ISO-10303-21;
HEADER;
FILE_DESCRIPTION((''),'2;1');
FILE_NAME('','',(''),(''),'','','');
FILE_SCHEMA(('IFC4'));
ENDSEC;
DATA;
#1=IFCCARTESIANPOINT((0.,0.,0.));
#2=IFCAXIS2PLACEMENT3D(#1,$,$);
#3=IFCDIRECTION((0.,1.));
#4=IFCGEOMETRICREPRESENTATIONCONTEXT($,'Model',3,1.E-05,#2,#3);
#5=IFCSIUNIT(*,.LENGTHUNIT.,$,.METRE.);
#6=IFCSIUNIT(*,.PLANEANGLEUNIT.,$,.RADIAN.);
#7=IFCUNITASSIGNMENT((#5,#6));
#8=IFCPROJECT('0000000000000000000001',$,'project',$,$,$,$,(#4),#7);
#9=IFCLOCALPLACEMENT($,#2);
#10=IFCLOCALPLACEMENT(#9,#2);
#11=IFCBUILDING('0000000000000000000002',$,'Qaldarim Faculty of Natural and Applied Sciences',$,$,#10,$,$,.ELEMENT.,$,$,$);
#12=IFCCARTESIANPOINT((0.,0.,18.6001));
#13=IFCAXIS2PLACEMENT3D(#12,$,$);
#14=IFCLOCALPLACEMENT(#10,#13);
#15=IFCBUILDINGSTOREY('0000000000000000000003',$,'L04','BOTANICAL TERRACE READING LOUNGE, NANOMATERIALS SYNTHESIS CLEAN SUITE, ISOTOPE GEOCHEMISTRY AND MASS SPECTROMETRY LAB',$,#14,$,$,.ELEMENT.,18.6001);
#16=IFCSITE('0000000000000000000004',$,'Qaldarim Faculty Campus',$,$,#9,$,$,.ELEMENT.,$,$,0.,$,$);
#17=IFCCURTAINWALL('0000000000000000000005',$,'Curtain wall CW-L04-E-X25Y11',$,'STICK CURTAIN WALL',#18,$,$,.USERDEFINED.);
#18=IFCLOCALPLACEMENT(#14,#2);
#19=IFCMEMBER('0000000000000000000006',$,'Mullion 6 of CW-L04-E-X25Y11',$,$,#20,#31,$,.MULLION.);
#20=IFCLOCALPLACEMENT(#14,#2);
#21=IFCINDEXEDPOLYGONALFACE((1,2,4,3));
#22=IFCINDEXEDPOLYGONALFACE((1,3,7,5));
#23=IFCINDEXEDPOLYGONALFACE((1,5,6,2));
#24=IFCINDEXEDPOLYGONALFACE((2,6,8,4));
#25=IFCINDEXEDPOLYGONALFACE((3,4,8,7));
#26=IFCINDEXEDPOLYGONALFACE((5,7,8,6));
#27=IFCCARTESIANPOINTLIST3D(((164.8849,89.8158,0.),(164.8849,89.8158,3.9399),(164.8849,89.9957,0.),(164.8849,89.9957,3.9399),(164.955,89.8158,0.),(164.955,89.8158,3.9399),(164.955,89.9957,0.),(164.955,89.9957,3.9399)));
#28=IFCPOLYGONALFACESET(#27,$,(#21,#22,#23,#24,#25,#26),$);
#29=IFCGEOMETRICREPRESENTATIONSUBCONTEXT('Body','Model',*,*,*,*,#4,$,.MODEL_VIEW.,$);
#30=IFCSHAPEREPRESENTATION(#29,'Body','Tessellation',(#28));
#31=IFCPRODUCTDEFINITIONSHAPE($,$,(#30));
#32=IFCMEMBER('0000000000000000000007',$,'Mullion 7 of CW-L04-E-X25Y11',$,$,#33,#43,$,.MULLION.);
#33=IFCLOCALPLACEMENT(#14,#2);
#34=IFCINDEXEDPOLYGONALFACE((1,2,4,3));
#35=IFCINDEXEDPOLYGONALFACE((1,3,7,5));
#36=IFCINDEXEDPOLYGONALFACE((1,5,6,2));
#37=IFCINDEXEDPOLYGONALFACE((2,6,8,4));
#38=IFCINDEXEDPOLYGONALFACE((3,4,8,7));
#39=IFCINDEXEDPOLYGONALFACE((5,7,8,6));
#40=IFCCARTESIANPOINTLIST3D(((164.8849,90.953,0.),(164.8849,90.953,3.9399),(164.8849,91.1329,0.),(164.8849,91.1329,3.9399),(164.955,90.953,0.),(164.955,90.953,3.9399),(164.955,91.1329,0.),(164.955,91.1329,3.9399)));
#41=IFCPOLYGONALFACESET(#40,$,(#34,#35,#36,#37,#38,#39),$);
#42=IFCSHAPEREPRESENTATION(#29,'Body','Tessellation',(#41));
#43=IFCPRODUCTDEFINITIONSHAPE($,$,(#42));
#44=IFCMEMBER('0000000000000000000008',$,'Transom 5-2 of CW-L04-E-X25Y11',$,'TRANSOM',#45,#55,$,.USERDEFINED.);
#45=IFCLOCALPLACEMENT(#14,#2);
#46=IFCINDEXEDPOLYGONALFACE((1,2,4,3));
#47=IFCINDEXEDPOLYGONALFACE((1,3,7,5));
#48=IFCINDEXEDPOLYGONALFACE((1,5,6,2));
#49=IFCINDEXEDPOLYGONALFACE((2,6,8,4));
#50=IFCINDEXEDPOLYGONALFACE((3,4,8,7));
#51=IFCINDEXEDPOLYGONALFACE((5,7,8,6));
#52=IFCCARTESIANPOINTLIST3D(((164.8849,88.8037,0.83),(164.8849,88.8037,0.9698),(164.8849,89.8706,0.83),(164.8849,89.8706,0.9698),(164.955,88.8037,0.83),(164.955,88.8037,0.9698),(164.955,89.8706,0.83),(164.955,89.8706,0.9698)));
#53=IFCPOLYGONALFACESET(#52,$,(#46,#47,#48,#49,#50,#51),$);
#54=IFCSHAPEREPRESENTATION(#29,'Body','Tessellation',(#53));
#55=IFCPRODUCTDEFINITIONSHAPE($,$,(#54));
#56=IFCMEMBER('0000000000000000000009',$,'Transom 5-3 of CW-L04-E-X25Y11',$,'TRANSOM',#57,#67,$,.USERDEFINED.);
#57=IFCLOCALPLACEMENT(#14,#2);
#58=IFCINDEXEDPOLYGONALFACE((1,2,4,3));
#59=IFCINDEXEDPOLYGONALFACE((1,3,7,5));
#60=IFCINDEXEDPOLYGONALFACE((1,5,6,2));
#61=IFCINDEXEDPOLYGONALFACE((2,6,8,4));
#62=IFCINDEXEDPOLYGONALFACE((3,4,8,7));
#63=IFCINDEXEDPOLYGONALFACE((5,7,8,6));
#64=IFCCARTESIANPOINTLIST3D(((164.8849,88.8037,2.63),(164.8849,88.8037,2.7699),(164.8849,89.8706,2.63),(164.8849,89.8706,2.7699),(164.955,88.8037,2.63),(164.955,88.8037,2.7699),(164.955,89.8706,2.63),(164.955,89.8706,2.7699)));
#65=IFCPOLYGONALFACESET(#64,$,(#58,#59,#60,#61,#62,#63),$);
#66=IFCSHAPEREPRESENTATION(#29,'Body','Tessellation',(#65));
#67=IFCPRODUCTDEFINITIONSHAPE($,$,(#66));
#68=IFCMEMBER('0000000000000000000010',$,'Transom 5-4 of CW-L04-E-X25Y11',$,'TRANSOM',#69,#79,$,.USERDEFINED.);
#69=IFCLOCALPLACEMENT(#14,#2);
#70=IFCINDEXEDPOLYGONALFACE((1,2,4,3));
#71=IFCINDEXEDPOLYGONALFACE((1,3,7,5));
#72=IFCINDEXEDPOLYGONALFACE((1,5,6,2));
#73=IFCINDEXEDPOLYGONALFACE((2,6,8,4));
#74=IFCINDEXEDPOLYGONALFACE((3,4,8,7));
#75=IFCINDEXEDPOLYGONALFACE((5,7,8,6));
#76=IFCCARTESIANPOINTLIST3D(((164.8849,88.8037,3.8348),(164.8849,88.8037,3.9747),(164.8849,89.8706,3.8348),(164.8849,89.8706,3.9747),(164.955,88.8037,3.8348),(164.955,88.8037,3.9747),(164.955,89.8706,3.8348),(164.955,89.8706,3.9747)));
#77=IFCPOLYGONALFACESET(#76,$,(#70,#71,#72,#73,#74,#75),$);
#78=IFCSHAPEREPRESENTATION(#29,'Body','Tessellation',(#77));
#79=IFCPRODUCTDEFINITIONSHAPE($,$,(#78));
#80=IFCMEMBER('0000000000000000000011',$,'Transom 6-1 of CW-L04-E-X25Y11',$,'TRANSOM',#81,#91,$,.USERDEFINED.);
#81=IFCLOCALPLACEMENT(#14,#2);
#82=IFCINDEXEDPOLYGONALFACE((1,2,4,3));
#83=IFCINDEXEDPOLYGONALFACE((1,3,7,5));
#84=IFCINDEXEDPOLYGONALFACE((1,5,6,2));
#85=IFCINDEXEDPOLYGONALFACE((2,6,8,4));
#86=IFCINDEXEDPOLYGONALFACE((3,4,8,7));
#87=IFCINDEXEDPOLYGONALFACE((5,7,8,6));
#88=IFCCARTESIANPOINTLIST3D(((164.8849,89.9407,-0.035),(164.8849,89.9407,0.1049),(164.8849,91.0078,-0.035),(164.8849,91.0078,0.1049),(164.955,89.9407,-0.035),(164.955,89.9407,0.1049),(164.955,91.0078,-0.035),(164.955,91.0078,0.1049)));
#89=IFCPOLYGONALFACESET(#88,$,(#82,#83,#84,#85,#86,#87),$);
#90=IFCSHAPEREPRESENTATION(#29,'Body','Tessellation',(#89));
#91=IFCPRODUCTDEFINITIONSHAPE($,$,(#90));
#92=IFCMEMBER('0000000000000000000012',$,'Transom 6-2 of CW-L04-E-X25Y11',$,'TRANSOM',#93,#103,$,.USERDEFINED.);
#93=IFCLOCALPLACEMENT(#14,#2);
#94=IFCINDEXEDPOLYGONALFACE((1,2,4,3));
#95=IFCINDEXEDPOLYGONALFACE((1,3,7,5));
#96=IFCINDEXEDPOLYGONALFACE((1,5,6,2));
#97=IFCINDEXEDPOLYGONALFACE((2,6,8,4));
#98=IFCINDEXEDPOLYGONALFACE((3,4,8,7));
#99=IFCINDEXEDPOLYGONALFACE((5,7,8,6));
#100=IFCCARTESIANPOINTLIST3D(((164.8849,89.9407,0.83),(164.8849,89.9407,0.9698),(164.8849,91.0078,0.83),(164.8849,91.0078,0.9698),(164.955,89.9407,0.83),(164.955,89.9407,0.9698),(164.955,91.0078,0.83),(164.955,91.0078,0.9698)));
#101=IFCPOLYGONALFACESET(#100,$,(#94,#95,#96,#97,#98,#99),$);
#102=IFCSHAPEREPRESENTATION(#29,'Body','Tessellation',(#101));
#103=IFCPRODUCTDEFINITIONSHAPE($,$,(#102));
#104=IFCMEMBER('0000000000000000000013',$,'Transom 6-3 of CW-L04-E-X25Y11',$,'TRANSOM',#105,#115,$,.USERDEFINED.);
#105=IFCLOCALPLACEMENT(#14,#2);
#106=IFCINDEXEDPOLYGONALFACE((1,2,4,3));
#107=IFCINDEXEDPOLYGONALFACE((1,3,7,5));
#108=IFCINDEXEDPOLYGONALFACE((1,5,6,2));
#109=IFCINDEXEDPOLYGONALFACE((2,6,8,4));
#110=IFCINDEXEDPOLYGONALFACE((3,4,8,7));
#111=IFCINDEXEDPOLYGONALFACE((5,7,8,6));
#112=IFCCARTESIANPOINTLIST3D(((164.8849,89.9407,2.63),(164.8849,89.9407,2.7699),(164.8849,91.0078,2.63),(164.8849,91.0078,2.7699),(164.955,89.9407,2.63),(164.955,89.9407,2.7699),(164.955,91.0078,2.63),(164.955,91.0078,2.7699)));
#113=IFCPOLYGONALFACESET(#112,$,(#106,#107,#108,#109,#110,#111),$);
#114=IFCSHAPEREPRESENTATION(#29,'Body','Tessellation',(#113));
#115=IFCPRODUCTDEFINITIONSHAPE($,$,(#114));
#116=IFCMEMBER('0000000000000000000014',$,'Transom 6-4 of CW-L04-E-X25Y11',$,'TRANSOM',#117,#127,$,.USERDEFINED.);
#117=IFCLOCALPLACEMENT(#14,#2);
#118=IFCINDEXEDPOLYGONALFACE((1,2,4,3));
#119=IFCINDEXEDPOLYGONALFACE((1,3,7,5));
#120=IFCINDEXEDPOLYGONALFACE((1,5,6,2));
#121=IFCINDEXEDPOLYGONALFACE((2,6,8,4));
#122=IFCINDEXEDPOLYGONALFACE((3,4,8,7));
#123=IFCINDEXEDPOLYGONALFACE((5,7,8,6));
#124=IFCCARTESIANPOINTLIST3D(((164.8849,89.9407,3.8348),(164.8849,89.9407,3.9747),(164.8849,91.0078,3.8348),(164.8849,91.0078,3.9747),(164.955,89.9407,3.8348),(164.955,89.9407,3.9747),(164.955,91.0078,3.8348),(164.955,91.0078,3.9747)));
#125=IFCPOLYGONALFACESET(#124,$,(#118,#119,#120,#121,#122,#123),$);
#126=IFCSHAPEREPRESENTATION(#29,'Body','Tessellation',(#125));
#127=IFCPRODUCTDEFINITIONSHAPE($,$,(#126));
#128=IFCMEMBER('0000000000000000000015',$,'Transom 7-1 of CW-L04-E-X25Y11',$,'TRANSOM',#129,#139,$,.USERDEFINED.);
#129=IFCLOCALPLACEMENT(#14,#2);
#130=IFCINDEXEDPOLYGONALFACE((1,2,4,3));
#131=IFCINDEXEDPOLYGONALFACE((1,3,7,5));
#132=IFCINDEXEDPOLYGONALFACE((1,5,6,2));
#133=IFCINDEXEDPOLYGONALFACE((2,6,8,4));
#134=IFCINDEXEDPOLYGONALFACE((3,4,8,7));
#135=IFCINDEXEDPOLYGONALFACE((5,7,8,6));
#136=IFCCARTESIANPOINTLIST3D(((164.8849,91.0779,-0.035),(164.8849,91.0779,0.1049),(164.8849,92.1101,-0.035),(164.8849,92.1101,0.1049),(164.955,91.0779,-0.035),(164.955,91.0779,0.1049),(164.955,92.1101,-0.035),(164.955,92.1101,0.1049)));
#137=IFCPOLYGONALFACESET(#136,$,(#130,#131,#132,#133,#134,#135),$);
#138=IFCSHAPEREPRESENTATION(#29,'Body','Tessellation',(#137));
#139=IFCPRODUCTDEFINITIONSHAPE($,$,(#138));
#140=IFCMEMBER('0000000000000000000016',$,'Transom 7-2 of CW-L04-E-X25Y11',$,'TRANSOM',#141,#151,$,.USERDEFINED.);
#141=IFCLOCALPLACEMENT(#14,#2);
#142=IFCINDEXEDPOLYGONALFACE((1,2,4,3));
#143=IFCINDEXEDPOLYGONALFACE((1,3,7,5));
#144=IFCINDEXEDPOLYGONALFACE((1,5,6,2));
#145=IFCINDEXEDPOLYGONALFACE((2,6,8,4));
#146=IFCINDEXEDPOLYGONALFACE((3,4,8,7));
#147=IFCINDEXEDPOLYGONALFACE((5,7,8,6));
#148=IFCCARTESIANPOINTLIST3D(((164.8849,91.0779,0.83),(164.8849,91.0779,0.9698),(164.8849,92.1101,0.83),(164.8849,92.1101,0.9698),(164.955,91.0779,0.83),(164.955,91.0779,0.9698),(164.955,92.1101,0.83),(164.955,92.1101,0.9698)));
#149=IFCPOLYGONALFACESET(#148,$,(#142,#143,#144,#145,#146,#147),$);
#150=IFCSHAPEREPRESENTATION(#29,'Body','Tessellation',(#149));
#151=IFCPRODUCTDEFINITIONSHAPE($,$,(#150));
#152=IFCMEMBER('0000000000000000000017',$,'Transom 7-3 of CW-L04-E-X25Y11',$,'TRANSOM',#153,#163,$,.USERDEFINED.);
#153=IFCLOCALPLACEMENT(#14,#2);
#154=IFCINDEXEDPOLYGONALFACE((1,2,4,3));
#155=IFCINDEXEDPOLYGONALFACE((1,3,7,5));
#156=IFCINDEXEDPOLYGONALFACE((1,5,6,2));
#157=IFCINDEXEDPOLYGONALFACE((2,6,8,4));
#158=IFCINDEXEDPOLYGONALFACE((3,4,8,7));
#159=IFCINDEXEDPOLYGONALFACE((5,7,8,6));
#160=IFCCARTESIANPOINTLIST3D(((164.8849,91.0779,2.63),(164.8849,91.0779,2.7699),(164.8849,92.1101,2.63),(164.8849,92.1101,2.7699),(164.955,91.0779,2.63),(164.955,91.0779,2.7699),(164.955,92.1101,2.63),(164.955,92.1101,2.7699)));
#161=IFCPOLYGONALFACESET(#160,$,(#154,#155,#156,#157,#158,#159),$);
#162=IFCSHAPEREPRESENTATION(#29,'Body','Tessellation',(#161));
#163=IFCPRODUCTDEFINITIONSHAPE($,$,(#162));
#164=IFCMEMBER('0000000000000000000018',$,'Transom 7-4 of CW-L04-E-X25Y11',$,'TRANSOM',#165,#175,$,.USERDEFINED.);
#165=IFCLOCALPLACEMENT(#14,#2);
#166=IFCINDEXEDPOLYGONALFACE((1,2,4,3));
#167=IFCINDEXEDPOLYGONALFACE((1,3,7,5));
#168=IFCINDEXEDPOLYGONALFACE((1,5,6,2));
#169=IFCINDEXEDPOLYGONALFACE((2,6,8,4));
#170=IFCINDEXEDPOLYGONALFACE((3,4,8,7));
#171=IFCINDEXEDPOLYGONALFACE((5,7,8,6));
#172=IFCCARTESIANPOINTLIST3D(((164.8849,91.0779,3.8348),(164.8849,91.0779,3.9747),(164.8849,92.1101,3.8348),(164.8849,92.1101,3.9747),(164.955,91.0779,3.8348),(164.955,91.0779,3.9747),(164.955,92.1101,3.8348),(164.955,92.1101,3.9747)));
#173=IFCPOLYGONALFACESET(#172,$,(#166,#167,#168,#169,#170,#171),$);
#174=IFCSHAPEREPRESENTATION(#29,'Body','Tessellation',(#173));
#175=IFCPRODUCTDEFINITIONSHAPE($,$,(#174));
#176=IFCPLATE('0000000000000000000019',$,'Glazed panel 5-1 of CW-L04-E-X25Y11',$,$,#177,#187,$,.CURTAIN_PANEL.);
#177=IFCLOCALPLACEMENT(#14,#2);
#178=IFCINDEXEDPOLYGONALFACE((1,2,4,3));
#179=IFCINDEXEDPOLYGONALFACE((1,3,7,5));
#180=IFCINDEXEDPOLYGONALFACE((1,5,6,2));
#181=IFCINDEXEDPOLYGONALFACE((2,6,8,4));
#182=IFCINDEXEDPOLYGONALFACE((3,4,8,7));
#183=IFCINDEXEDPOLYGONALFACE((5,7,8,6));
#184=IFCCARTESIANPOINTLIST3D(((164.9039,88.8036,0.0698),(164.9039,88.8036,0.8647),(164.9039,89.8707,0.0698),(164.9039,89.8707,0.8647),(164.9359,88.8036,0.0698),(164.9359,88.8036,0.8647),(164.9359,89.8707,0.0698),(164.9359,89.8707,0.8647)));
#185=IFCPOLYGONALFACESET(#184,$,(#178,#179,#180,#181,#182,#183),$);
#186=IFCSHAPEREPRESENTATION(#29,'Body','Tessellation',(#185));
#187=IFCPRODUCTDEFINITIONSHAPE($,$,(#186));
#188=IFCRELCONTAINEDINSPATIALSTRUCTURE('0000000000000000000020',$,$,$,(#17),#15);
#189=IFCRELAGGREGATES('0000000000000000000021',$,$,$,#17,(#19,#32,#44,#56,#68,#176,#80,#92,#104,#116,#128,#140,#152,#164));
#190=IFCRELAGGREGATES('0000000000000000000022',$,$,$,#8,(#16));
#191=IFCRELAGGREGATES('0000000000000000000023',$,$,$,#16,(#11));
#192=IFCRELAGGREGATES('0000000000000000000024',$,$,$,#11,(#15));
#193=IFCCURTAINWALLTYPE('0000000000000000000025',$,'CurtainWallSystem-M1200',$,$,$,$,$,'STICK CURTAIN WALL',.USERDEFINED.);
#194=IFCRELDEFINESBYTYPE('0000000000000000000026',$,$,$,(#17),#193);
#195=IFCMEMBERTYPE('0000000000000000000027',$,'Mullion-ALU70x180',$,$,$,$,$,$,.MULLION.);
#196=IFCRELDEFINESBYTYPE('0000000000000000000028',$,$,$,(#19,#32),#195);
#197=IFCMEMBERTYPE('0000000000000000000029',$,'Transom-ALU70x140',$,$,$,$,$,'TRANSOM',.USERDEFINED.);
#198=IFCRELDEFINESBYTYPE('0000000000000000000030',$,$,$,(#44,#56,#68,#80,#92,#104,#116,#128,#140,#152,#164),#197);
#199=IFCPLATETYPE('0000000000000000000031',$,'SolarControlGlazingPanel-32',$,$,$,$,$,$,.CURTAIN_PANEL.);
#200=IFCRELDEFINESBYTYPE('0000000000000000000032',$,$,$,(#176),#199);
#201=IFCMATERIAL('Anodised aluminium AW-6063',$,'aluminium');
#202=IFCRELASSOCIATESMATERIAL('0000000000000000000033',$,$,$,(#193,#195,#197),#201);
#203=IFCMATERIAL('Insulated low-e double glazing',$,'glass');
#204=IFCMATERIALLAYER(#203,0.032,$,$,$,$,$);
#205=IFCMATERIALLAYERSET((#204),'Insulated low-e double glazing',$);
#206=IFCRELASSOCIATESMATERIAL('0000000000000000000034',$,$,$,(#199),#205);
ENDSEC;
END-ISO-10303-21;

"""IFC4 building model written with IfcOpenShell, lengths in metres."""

from ifc_helpers import new_model, si_unit, direction, frame, origin, origin_2d, place, context, subcontext, project, spatial, rectangle, extrude, material, layer, layer_set, material_profile, profile_set, type_object, element, aggregate, save


model = new_model("IFC4")

# Units and contexts
model_context = context("Model", 3, precision=1e-05, world=origin(), true_north=direction((0.0, 1.0)))
body_context = subcontext(model_context, "Body", "Model", "MODEL_VIEW")
ifc_project = project(units=[si_unit("LENGTHUNIT", "METRE"), si_unit("PLANEANGLEUNIT", "RADIAN")], contexts=[model_context])

# Site, building, storey
site_placement = place(None, origin())
site = spatial("IfcSite", under=ifc_project, at=site_placement, Name="Qaldarim Faculty Campus", CompositionType="ELEMENT", RefElevation=0.0)
building_placement = place(site_placement, origin())
building = spatial("IfcBuilding", under=site, at=building_placement, Name="Qaldarim Faculty of Natural and Applied Sciences", CompositionType="ELEMENT")
storey_placement = place(building_placement, frame((0.0, 0.0, 18.6001)))
storey = spatial("IfcBuildingStorey", under=building, at=storey_placement, Name="L04", Description="BOTANICAL TERRACE READING LOUNGE, NANOMATERIALS SYNTHESIS CLEAN SUITE, ISOTOPE GEOCHEMISTRY AND MASS SPECTROMETRY LAB", CompositionType="ELEMENT", Elevation=18.6001)

# Curtain wall, members, plate
ifc_material_1 = material(Name="Anodised aluminium AW-6063", Category="aluminium")
curtain_wall_type = type_object("IfcCurtainWallType", Name="CurtainWallSystem-M1200", ElementType="STICK CURTAIN WALL", PredefinedType="USERDEFINED", material=ifc_material_1)
curtain_wall_placement = place(storey_placement, origin())
curtain_wall = element("IfcCurtainWall", 1, at=curtain_wall_placement, inside=storey, type_object=curtain_wall_type, Name="Curtain wall CW-L04-E-X25Y11", ObjectType="STICK CURTAIN WALL", PredefinedType="USERDEFINED")
ifc_material_profile_1 = material_profile(ifc_material_1, rectangle(XDim=0.0701, YDim=0.1799, at=origin_2d()), Name="ALU-M70x180")
ifc_profile_set_1 = profile_set([ifc_material_profile_1], Name="Anodised aluminium AW-6063")
member_type_1 = type_object("IfcMemberType", Name="Mullion-ALU70x180", PredefinedType="MULLION", material=ifc_profile_set_1)
member_1_placement = place(storey_placement, frame((164.9199, 89.9058, 0.0), z_axis=(0.0, 0.0, 1.0), x_axis=(-1.0, 0.0, 0.0)))
member_1 = element("IfcMember", 2, at=member_1_placement, type_object=member_type_1, Name="Mullion 6 of CW-L04-E-X25Y11", PredefinedType="MULLION", context=body_context, shape_type="SweptSolid", body=[
    extrude(rectangle(XDim=0.0701, YDim=0.1799, at=origin_2d()), origin(), (0.0, 0.0, 1.0), 3.9399),
])
member_2_placement = place(storey_placement, frame((164.9199, 91.043, 0.0), z_axis=(0.0, 0.0, 1.0), x_axis=(-1.0, 0.0, 0.0)))
member_2 = element("IfcMember", 3, at=member_2_placement, type_object=member_type_1, Name="Mullion 7 of CW-L04-E-X25Y11", PredefinedType="MULLION", context=body_context, shape_type="SweptSolid", body=[
    extrude(rectangle(XDim=0.0701, YDim=0.1799, at=origin_2d()), origin(), (0.0, 0.0, 1.0), 3.9399),
])
ifc_material_profile_2 = material_profile(ifc_material_1, rectangle(XDim=0.0701, YDim=0.1399, at=origin_2d()), Name="ALU-T70x140")
ifc_profile_set_2 = profile_set([ifc_material_profile_2], Name="Anodised aluminium AW-6063")
member_type_2 = type_object("IfcMemberType", Name="Transom-ALU70x140", ElementType="TRANSOM", PredefinedType="USERDEFINED", material=ifc_profile_set_2)
member_3_placement = place(storey_placement, frame((164.9199, 88.8037, 0.8999), z_axis=(0.0, 1.0, 0.0), x_axis=(-1.0, 0.0, 0.0)))
member_3 = element("IfcMember", 4, at=member_3_placement, type_object=member_type_2, Name="Transom 5-2 of CW-L04-E-X25Y11", ObjectType="TRANSOM", PredefinedType="USERDEFINED", context=body_context, shape_type="SweptSolid", body=[
    extrude(rectangle(XDim=0.0701, YDim=0.1399, at=origin_2d()), origin(), (0.0, 0.0, 1.0), 1.0669),
])
member_4_placement = place(storey_placement, frame((164.9199, 88.8037, 2.7), z_axis=(0.0, 1.0, 0.0), x_axis=(-1.0, 0.0, 0.0)))
member_4 = element("IfcMember", 5, at=member_4_placement, type_object=member_type_2, Name="Transom 5-3 of CW-L04-E-X25Y11", ObjectType="TRANSOM", PredefinedType="USERDEFINED", context=body_context, shape_type="SweptSolid", body=[
    extrude(rectangle(XDim=0.0701, YDim=0.1399, at=origin_2d()), origin(), (0.0, 0.0, 1.0), 1.0669),
])
member_5_placement = place(storey_placement, frame((164.9199, 88.8037, 3.9048), z_axis=(0.0, 1.0, 0.0), x_axis=(-1.0, 0.0, 0.0)))
member_5 = element("IfcMember", 6, at=member_5_placement, type_object=member_type_2, Name="Transom 5-4 of CW-L04-E-X25Y11", ObjectType="TRANSOM", PredefinedType="USERDEFINED", context=body_context, shape_type="SweptSolid", body=[
    extrude(rectangle(XDim=0.0701, YDim=0.1399, at=origin_2d()), origin(), (0.0, 0.0, 1.0), 1.0669),
])
member_6_placement = place(storey_placement, frame((164.9199, 89.9407, 0.0349), z_axis=(0.0, 1.0, 0.0), x_axis=(-1.0, 0.0, 0.0)))
member_6 = element("IfcMember", 7, at=member_6_placement, type_object=member_type_2, Name="Transom 6-1 of CW-L04-E-X25Y11", ObjectType="TRANSOM", PredefinedType="USERDEFINED", context=body_context, shape_type="SweptSolid", body=[
    extrude(rectangle(XDim=0.0701, YDim=0.1399, at=origin_2d()), origin(), (0.0, 0.0, 1.0), 1.0671),
])
member_7_placement = place(storey_placement, frame((164.9199, 89.9407, 0.8999), z_axis=(0.0, 1.0, 0.0), x_axis=(-1.0, 0.0, 0.0)))
member_7 = element("IfcMember", 8, at=member_7_placement, type_object=member_type_2, Name="Transom 6-2 of CW-L04-E-X25Y11", ObjectType="TRANSOM", PredefinedType="USERDEFINED", context=body_context, shape_type="SweptSolid", body=[
    extrude(rectangle(XDim=0.0701, YDim=0.1399, at=origin_2d()), origin(), (0.0, 0.0, 1.0), 1.0671),
])
member_8_placement = place(storey_placement, frame((164.9199, 89.9407, 2.7), z_axis=(0.0, 1.0, 0.0), x_axis=(-1.0, 0.0, 0.0)))
member_8 = element("IfcMember", 9, at=member_8_placement, type_object=member_type_2, Name="Transom 6-3 of CW-L04-E-X25Y11", ObjectType="TRANSOM", PredefinedType="USERDEFINED", context=body_context, shape_type="SweptSolid", body=[
    extrude(rectangle(XDim=0.0701, YDim=0.1399, at=origin_2d()), origin(), (0.0, 0.0, 1.0), 1.0671),
])
member_9_placement = place(storey_placement, frame((164.9199, 89.9407, 3.9048), z_axis=(0.0, 1.0, 0.0), x_axis=(-1.0, 0.0, 0.0)))
member_9 = element("IfcMember", 10, at=member_9_placement, type_object=member_type_2, Name="Transom 6-4 of CW-L04-E-X25Y11", ObjectType="TRANSOM", PredefinedType="USERDEFINED", context=body_context, shape_type="SweptSolid", body=[
    extrude(rectangle(XDim=0.0701, YDim=0.1399, at=origin_2d()), origin(), (0.0, 0.0, 1.0), 1.0671),
])
member_10_placement = place(storey_placement, frame((164.9199, 91.0779, 0.0349), z_axis=(0.0, 1.0, 0.0), x_axis=(-1.0, 0.0, 0.0)))
member_10 = element("IfcMember", 11, at=member_10_placement, type_object=member_type_2, Name="Transom 7-1 of CW-L04-E-X25Y11", ObjectType="TRANSOM", PredefinedType="USERDEFINED", context=body_context, shape_type="SweptSolid", body=[
    extrude(rectangle(XDim=0.0701, YDim=0.1399, at=origin_2d()), origin(), (0.0, 0.0, 1.0), 1.0322),
])
member_11_placement = place(storey_placement, frame((164.9199, 91.0779, 0.8999), z_axis=(0.0, 1.0, 0.0), x_axis=(-1.0, 0.0, 0.0)))
member_11 = element("IfcMember", 12, at=member_11_placement, type_object=member_type_2, Name="Transom 7-2 of CW-L04-E-X25Y11", ObjectType="TRANSOM", PredefinedType="USERDEFINED", context=body_context, shape_type="SweptSolid", body=[
    extrude(rectangle(XDim=0.0701, YDim=0.1399, at=origin_2d()), origin(), (0.0, 0.0, 1.0), 1.0322),
])
member_12_placement = place(storey_placement, frame((164.9199, 91.0779, 2.7), z_axis=(0.0, 1.0, 0.0), x_axis=(-1.0, 0.0, 0.0)))
member_12 = element("IfcMember", 13, at=member_12_placement, type_object=member_type_2, Name="Transom 7-3 of CW-L04-E-X25Y11", ObjectType="TRANSOM", PredefinedType="USERDEFINED", context=body_context, shape_type="SweptSolid", body=[
    extrude(rectangle(XDim=0.0701, YDim=0.1399, at=origin_2d()), origin(), (0.0, 0.0, 1.0), 1.0322),
])
member_13_placement = place(storey_placement, frame((164.9199, 91.0779, 3.9048), z_axis=(0.0, 1.0, 0.0), x_axis=(-1.0, 0.0, 0.0)))
member_13 = element("IfcMember", 14, at=member_13_placement, type_object=member_type_2, Name="Transom 7-4 of CW-L04-E-X25Y11", ObjectType="TRANSOM", PredefinedType="USERDEFINED", context=body_context, shape_type="SweptSolid", body=[
    extrude(rectangle(XDim=0.0701, YDim=0.1399, at=origin_2d()), origin(), (0.0, 0.0, 1.0), 1.0322),
])
ifc_material_2 = material(Name="Insulated low-e double glazing", Category="glass")
ifc_layer_1 = layer(ifc_material_2, 0.032)
ifc_layer_set_1 = layer_set([ifc_layer_1], Name="Insulated low-e double glazing")
plate_type = type_object("IfcPlateType", Name="SolarControlGlazingPanel-32", PredefinedType="CURTAIN_PANEL", material=ifc_layer_set_1)
plate_1_placement = place(storey_placement, frame((164.9199, 89.3372, 0.0698), z_axis=(0.0, 0.0, 1.0), x_axis=(0.0, 1.0, 0.0)))
plate_1 = element("IfcPlate", 15, at=plate_1_placement, type_object=plate_type, Name="Glazed panel 5-1 of CW-L04-E-X25Y11", PredefinedType="CURTAIN_PANEL", context=body_context, shape_type="SweptSolid", body=[
    extrude(rectangle(XDim=1.0671, YDim=0.032, at=origin_2d()), origin(), (0.0, 0.0, 1.0), 0.7949),
])
aggregate(curtain_wall, [member_1, member_2, member_3, member_4, member_5, plate_1, member_6, member_7, member_8, member_9, member_10, member_11, member_12, member_13])

save(model, "model.ifc")
